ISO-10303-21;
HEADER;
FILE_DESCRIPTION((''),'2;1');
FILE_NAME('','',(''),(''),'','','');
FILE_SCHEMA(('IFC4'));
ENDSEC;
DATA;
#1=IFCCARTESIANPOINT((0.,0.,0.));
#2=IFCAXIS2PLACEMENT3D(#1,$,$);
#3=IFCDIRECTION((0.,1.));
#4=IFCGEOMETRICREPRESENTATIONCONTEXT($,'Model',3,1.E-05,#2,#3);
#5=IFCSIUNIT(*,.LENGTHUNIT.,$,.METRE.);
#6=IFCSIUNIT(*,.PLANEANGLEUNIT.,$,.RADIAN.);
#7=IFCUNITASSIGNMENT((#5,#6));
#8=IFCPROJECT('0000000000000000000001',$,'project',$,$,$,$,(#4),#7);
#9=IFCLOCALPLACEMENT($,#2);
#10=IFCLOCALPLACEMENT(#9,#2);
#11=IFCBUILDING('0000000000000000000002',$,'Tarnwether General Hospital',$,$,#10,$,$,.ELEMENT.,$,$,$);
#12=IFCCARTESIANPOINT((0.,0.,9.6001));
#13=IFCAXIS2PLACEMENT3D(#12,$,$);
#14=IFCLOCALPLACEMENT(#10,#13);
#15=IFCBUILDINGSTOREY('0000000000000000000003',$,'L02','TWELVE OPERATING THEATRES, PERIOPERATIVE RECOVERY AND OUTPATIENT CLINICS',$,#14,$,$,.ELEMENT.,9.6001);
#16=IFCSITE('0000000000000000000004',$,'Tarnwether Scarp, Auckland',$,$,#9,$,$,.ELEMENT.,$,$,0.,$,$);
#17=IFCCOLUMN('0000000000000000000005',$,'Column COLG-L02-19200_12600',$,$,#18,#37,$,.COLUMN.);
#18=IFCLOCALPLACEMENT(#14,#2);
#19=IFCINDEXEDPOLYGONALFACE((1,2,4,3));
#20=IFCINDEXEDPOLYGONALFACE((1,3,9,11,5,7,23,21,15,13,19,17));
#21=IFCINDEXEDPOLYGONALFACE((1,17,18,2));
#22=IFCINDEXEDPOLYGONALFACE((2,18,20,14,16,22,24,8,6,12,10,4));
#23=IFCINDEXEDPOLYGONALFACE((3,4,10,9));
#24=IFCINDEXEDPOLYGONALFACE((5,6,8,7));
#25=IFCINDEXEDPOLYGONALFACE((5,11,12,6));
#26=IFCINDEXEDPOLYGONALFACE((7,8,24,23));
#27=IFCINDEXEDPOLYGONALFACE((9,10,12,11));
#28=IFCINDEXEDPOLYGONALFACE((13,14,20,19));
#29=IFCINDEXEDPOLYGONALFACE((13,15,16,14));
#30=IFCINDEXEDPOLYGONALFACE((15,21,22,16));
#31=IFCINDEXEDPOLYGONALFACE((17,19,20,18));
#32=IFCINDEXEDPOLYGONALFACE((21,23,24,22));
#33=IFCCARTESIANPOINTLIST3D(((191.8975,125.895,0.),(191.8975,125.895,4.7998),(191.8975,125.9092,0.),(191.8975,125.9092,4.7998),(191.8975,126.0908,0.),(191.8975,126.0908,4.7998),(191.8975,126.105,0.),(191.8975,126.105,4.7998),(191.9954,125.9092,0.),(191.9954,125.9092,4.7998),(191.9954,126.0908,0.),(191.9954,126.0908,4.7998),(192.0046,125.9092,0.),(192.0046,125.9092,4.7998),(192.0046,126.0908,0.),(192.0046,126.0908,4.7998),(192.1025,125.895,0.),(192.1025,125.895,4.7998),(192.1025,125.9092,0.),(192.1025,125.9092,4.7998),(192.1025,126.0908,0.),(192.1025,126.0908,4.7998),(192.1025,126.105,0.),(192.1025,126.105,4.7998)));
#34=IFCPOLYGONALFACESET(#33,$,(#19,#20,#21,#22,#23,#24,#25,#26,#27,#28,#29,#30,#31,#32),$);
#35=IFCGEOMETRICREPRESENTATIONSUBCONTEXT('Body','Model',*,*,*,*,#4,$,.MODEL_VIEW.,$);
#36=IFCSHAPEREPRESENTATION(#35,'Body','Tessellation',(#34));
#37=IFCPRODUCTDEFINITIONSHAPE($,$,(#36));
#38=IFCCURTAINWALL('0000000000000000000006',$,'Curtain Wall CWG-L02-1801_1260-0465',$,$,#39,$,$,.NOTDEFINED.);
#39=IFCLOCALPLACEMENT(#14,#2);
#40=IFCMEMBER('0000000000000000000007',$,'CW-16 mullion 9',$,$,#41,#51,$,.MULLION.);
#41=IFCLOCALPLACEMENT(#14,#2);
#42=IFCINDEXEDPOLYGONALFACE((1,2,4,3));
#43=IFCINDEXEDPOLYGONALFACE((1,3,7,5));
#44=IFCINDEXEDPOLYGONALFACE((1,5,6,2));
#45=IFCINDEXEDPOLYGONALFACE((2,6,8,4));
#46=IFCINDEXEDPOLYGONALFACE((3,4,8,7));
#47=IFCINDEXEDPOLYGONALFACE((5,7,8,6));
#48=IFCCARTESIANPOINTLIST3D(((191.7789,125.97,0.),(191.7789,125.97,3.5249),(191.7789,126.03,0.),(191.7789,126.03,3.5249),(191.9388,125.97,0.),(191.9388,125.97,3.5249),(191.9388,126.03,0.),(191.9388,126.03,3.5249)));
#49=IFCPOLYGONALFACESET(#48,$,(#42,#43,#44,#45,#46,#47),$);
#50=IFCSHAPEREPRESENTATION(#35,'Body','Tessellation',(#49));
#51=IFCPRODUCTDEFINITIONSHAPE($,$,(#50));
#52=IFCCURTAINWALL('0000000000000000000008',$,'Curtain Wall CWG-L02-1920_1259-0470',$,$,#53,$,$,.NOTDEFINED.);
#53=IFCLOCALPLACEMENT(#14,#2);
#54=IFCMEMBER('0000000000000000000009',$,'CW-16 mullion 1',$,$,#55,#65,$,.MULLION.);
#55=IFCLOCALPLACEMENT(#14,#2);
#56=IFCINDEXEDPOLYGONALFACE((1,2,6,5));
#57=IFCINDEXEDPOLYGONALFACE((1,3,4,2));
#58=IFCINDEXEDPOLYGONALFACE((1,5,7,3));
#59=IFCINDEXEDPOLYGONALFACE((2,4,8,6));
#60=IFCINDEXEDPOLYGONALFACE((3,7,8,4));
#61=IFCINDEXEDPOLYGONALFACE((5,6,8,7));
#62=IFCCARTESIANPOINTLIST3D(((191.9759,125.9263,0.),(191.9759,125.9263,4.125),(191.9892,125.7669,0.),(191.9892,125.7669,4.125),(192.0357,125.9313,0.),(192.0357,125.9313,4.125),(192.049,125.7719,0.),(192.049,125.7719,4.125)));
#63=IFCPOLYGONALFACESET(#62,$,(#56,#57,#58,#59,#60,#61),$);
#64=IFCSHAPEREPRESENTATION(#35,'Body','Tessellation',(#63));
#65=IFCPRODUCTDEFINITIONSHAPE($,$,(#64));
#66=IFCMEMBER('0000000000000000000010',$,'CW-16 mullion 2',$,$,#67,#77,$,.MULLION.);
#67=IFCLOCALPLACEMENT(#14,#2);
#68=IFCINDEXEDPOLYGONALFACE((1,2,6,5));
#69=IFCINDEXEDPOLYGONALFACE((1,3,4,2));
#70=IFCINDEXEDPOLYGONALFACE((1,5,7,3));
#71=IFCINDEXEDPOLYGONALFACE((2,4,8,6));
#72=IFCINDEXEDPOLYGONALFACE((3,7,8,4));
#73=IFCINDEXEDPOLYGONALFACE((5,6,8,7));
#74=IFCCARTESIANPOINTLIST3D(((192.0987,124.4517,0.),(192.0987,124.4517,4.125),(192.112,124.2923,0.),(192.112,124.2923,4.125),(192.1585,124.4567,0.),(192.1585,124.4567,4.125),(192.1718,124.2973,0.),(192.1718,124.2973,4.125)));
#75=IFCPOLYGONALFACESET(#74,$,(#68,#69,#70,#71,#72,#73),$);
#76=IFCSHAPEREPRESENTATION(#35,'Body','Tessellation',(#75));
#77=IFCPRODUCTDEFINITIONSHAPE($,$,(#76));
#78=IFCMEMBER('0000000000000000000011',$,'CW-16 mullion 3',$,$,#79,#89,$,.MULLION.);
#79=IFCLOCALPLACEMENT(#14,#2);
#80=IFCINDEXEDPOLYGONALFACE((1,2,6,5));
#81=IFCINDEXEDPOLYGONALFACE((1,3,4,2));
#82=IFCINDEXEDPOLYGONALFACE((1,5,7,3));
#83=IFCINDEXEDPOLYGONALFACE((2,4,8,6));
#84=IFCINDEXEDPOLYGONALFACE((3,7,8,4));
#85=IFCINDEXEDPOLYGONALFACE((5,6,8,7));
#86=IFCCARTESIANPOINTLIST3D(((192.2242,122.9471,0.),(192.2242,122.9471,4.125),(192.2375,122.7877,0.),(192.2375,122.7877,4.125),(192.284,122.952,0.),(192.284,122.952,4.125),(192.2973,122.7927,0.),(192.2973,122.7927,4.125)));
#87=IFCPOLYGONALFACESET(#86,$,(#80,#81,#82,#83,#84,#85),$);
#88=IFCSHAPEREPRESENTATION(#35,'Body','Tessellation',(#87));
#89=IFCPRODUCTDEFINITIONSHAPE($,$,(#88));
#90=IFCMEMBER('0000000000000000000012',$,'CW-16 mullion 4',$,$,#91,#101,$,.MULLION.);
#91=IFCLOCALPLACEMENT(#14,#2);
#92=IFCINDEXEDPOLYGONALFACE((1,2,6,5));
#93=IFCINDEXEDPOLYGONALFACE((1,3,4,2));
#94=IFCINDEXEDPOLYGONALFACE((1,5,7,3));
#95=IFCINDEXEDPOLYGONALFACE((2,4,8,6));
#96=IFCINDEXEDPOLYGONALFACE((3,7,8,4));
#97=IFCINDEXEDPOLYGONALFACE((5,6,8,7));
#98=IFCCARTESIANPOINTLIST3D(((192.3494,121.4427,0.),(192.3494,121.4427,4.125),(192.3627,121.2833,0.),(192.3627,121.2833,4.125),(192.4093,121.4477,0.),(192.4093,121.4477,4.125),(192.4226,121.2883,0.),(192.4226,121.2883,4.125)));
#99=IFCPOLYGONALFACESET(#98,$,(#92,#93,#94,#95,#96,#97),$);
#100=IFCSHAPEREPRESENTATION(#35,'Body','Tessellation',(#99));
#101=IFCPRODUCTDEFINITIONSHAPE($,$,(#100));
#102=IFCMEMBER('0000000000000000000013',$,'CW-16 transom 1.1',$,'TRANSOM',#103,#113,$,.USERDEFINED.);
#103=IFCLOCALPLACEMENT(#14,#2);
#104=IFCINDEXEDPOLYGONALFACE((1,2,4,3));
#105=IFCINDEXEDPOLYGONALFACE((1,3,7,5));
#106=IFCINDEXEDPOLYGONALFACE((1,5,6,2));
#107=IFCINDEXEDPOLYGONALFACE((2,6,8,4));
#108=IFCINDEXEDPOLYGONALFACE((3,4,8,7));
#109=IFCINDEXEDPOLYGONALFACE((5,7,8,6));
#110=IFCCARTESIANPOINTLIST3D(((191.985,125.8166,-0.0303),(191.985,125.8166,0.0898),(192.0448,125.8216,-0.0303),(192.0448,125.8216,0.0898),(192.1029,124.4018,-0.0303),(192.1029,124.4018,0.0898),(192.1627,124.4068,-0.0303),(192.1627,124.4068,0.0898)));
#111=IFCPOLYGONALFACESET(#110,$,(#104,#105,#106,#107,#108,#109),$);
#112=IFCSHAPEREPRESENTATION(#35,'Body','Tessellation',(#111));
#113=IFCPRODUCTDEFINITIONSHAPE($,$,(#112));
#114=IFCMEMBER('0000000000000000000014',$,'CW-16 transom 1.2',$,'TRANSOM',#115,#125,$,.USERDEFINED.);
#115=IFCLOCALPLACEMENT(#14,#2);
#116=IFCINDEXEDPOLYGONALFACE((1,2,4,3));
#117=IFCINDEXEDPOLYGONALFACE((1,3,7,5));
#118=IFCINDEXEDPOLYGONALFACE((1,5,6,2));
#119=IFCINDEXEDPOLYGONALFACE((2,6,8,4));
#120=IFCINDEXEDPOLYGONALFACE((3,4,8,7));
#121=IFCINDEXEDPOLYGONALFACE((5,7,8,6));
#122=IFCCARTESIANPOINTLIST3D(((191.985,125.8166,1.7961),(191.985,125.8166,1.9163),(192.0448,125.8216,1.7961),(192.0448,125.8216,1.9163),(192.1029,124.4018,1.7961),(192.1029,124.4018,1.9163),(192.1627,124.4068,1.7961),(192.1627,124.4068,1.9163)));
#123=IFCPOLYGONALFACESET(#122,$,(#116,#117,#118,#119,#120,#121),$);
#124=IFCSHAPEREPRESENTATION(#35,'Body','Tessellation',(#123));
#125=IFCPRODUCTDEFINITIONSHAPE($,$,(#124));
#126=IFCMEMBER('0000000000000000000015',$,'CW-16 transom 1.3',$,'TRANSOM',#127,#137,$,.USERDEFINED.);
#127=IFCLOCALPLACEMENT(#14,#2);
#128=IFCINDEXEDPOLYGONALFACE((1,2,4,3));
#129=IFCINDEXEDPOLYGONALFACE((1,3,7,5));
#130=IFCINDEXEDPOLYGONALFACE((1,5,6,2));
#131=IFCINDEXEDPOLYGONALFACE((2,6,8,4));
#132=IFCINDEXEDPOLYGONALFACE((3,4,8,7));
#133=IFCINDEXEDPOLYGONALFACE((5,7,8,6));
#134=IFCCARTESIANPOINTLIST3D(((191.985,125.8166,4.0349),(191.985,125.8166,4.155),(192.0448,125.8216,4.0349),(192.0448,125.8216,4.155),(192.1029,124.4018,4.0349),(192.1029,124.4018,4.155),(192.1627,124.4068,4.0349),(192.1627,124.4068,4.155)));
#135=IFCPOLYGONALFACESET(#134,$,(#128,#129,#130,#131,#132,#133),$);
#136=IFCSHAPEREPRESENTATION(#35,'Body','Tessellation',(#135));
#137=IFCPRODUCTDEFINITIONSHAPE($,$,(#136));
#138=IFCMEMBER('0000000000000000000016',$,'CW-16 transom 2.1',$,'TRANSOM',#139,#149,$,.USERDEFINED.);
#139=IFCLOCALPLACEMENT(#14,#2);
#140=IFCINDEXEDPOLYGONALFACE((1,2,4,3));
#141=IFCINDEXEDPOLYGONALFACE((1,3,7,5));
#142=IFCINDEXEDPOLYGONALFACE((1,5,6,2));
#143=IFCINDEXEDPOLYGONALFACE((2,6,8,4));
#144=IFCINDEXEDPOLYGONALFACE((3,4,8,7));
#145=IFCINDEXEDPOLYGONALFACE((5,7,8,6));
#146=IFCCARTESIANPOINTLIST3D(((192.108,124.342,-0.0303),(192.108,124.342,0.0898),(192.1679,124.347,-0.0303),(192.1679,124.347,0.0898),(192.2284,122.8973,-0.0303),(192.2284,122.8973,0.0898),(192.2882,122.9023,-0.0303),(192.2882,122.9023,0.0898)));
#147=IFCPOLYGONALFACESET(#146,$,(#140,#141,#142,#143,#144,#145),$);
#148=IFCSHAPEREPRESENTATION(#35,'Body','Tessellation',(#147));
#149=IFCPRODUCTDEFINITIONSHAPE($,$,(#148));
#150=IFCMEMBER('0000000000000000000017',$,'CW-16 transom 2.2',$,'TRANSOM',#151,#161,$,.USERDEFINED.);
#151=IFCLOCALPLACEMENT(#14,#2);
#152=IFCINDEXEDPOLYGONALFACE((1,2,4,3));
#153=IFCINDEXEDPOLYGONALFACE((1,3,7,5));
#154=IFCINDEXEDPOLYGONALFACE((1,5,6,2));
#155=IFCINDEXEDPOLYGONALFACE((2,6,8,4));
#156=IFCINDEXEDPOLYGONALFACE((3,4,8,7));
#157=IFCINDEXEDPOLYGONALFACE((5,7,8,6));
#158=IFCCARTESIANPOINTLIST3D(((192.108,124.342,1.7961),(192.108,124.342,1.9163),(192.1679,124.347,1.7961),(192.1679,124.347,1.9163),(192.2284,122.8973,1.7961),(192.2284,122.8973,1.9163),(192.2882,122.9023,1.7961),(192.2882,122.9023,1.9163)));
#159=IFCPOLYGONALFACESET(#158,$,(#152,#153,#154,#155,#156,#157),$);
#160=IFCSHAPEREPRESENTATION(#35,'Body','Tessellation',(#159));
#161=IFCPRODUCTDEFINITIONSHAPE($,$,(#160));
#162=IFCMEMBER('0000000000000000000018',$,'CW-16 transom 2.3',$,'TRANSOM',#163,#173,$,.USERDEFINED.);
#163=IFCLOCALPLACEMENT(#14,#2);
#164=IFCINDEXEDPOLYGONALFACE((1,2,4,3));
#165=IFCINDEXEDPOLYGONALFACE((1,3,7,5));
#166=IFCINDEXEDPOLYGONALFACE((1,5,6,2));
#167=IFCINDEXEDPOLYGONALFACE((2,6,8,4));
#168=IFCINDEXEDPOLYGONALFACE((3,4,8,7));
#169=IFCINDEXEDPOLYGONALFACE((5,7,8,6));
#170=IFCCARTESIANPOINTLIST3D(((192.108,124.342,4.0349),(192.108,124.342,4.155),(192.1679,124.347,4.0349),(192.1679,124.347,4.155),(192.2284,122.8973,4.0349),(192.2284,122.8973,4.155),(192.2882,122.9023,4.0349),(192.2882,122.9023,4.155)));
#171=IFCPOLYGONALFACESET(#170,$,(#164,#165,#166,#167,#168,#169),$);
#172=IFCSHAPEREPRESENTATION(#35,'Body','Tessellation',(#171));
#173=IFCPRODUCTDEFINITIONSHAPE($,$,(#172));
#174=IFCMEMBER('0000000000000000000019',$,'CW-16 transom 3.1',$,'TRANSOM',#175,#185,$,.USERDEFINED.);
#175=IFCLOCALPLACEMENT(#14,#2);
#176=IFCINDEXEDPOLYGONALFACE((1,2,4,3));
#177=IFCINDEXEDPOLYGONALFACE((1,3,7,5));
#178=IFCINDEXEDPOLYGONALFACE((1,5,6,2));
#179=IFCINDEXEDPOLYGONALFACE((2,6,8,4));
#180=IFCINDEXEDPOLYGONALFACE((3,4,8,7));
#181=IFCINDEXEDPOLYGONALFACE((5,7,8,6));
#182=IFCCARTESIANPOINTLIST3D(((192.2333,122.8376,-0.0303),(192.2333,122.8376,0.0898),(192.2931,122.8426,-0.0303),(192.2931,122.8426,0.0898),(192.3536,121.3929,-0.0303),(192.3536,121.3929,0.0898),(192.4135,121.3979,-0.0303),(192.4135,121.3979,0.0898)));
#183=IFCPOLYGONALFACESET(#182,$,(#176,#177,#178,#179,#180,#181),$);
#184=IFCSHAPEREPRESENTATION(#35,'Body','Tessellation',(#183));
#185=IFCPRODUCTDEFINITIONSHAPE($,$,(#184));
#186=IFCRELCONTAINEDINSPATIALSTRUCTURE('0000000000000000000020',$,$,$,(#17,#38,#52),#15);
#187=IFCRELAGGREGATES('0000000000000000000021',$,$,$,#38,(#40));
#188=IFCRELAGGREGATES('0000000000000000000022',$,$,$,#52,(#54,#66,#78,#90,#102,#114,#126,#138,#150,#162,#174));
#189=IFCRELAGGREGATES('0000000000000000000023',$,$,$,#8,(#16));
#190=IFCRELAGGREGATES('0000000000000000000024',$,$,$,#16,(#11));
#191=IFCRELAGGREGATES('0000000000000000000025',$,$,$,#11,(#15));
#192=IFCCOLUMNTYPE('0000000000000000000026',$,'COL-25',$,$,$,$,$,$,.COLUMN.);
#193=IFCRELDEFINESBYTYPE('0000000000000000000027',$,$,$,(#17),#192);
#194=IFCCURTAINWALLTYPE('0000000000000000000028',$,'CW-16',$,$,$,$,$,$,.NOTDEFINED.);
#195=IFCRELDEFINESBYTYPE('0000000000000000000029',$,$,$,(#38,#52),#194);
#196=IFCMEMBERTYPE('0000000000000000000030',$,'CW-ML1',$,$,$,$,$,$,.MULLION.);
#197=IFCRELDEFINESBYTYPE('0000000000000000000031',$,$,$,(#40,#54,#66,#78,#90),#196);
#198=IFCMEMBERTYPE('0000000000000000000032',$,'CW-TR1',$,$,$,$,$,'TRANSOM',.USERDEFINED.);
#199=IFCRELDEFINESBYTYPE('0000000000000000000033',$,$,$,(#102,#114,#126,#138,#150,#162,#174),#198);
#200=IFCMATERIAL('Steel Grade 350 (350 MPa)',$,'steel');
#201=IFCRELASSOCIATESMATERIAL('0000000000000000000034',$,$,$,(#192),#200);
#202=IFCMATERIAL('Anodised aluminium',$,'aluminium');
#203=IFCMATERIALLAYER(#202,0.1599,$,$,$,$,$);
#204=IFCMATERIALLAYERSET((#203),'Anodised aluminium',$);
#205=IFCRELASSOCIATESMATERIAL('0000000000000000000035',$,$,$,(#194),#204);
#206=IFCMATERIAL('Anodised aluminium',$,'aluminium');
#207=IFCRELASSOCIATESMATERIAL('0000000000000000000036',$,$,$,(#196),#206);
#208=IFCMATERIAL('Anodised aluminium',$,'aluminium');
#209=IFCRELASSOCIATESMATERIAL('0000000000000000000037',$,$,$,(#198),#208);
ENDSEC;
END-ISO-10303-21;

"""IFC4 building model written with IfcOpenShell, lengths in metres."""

from ifc_helpers import new_model, si_unit, direction, frame, origin, origin_2d, place, context, subcontext, project, spatial, rectangle, i_section, extrude, material, layer, layer_set, material_profile, profile_set, type_object, element, aggregate, save


model = new_model("IFC4")

# Units and contexts
model_context = context("Model", 3, precision=1e-05, world=origin(), true_north=direction((0.0, 1.0)))
body_context = subcontext(model_context, "Body", "Model", "MODEL_VIEW")
ifc_project = project(units=[si_unit("LENGTHUNIT", "METRE"), si_unit("PLANEANGLEUNIT", "RADIAN")], contexts=[model_context])

# Site, building, storey
site_placement = place(None, origin())
site = spatial("IfcSite", under=ifc_project, at=site_placement, Name="Tarnwether Scarp, Auckland", CompositionType="ELEMENT", RefElevation=0.0)
building_placement = place(site_placement, origin())
building = spatial("IfcBuilding", under=site, at=building_placement, Name="Tarnwether General Hospital", CompositionType="ELEMENT")
storey_placement = place(building_placement, frame((0.0, 0.0, 9.6001)))
storey = spatial("IfcBuildingStorey", under=building, at=storey_placement, Name="L02", Description="TWELVE OPERATING THEATRES, PERIOPERATIVE RECOVERY AND OUTPATIENT CLINICS", CompositionType="ELEMENT", Elevation=9.6001)

# Column
ifc_material_1 = material(Name="Steel Grade 350 (350 MPa)", Category="steel")
ifc_material_profile_1 = material_profile(ifc_material_1, i_section(OverallWidth=0.2051, OverallDepth=0.21, WebThickness=0.0093, FlangeThickness=0.0142, at=origin_2d()), Name="200UC59.5")
ifc_profile_set_1 = profile_set([ifc_material_profile_1], Name="Steel Grade 350 (350 MPa)")
column_type = type_object("IfcColumnType", Name="COL-25", PredefinedType="COLUMN", material=ifc_profile_set_1)
column_placement = place(storey_placement, frame((192.0, 126.0, 0.0), z_axis=(0.0, 0.0, 1.0), x_axis=(1.0, 0.0, 0.0)))
element("IfcColumn", 1, at=column_placement, inside=storey, type_object=column_type, Name="Column COLG-L02-19200_12600", PredefinedType="COLUMN", context=body_context, shape_type="SweptSolid", body=[
    extrude(i_section(OverallWidth=0.2051, OverallDepth=0.21, WebThickness=0.0093, FlangeThickness=0.0142, at=origin_2d()), origin(), (0.0, 0.0, 1.0), 4.7998),
])

# Curtain wall, member
ifc_material_2 = material(Name="Anodised aluminium", Category="aluminium")
ifc_layer_1 = layer(ifc_material_2, 0.1599)
ifc_layer_set_1 = layer_set([ifc_layer_1], Name="Anodised aluminium")
curtain_wall_type = type_object("IfcCurtainWallType", Name="CW-16", PredefinedType="NOTDEFINED", material=ifc_layer_set_1)
curtain_wall_1_placement = place(storey_placement, origin())
curtain_wall_1 = element("IfcCurtainWall", 2, at=curtain_wall_1_placement, inside=storey, type_object=curtain_wall_type, Name="Curtain Wall CWG-L02-1801_1260-0465", PredefinedType="NOTDEFINED")
ifc_material_3 = material(Name="Anodised aluminium", Category="aluminium")
ifc_material_profile_2 = material_profile(ifc_material_3, rectangle(XDim=0.0601, YDim=0.1599, at=origin_2d()), Name="ALU-MUL-60x160")
ifc_profile_set_2 = profile_set([ifc_material_profile_2], Name="Anodised aluminium")
member_type_1 = type_object("IfcMemberType", Name="CW-ML1", PredefinedType="MULLION", material=ifc_profile_set_2)
member_1_placement = place(storey_placement, frame((191.8589, 126.0, 0.0), z_axis=(0.0, 0.0, 1.0), x_axis=(0.0, 1.0, 0.0)))
member_1 = element("IfcMember", 3, at=member_1_placement, type_object=member_type_1, Name="CW-16 mullion 9", PredefinedType="MULLION", context=body_context, shape_type="SweptSolid", body=[
    extrude(rectangle(XDim=0.0601, YDim=0.1599, at=origin_2d()), origin(), (0.0, 0.0, 1.0), 3.5249),
])

# Curtain wall, members
curtain_wall_2_placement = place(storey_placement, origin())
curtain_wall_2 = element("IfcCurtainWall", 4, at=curtain_wall_2_placement, inside=storey, type_object=curtain_wall_type, Name="Curtain Wall CWG-L02-1920_1259-0470", PredefinedType="NOTDEFINED")
member_2_placement = place(storey_placement, frame((192.0125, 125.8491, 0.0), z_axis=(0.0, 0.0, 1.0), x_axis=(0.996547, 0.083036, 0.0)))
member_2 = element("IfcMember", 5, at=member_2_placement, type_object=member_type_1, Name="CW-16 mullion 1", PredefinedType="MULLION", context=body_context, shape_type="SweptSolid", body=[
    extrude(rectangle(XDim=0.0601, YDim=0.1599, at=origin_2d()), origin(), (0.0, 0.0, 1.0), 4.125),
])
member_3_placement = place(storey_placement, frame((192.1353, 124.3745, 0.0), z_axis=(0.0, 0.0, 1.0), x_axis=(0.996547, 0.083036, 0.0)))
member_3 = element("IfcMember", 6, at=member_3_placement, type_object=member_type_1, Name="CW-16 mullion 2", PredefinedType="MULLION", context=body_context, shape_type="SweptSolid", body=[
    extrude(rectangle(XDim=0.0601, YDim=0.1599, at=origin_2d()), origin(), (0.0, 0.0, 1.0), 4.125),
])
member_4_placement = place(storey_placement, frame((192.2607, 122.8699, 0.0), z_axis=(0.0, 0.0, 1.0), x_axis=(0.996547, 0.083036, 0.0)))
member_4 = element("IfcMember", 7, at=member_4_placement, type_object=member_type_1, Name="CW-16 mullion 3", PredefinedType="MULLION", context=body_context, shape_type="SweptSolid", body=[
    extrude(rectangle(XDim=0.0601, YDim=0.1599, at=origin_2d()), origin(), (0.0, 0.0, 1.0), 4.125),
])
member_5_placement = place(storey_placement, frame((192.386, 121.3655, 0.0), z_axis=(0.0, 0.0, 1.0), x_axis=(0.996547, 0.083036, 0.0)))
member_5 = element("IfcMember", 8, at=member_5_placement, type_object=member_type_1, Name="CW-16 mullion 4", PredefinedType="MULLION", context=body_context, shape_type="SweptSolid", body=[
    extrude(rectangle(XDim=0.0601, YDim=0.1599, at=origin_2d()), origin(), (0.0, 0.0, 1.0), 4.125),
])
ifc_material_4 = material(Name="Anodised aluminium", Category="aluminium")
ifc_material_profile_3 = material_profile(ifc_material_4, rectangle(XDim=0.0601, YDim=0.1201, at=origin_2d()), Name="ALU-TRN-60x120")
ifc_profile_set_3 = profile_set([ifc_material_profile_3], Name="Anodised aluminium")
member_type_2 = type_object("IfcMemberType", Name="CW-TR1", ElementType="TRANSOM", PredefinedType="USERDEFINED", material=ifc_profile_set_3)
member_6_placement = place(storey_placement, frame((192.0149, 125.8191, 0.0298), z_axis=(0.08306, -0.996545, 0.0), x_axis=(0.996545, 0.08306, 0.0)))
member_6 = element("IfcMember", 9, at=member_6_placement, type_object=member_type_2, Name="CW-16 transom 1.1", ObjectType="TRANSOM", PredefinedType="USERDEFINED", context=body_context, shape_type="SweptSolid", body=[
    extrude(rectangle(XDim=0.0601, YDim=0.1201, at=origin_2d()), origin(), (0.0, 0.0, 1.0), 1.4197),
])
member_7_placement = place(storey_placement, frame((192.0149, 125.8191, 1.8562), z_axis=(0.08306, -0.996545, 0.0), x_axis=(0.996545, 0.08306, 0.0)))
member_7 = element("IfcMember", 10, at=member_7_placement, type_object=member_type_2, Name="CW-16 transom 1.2", ObjectType="TRANSOM", PredefinedType="USERDEFINED", context=body_context, shape_type="SweptSolid", body=[
    extrude(rectangle(XDim=0.0601, YDim=0.1201, at=origin_2d()), origin(), (0.0, 0.0, 1.0), 1.4197),
])
member_8_placement = place(storey_placement, frame((192.0149, 125.8191, 4.095), z_axis=(0.08306, -0.996545, 0.0), x_axis=(0.996545, 0.08306, 0.0)))
member_8 = element("IfcMember", 11, at=member_8_placement, type_object=member_type_2, Name="CW-16 transom 1.3", ObjectType="TRANSOM", PredefinedType="USERDEFINED", context=body_context, shape_type="SweptSolid", body=[
    extrude(rectangle(XDim=0.0601, YDim=0.1201, at=origin_2d()), origin(), (0.0, 0.0, 1.0), 1.4197),
])
member_9_placement = place(storey_placement, frame((192.1379, 124.3445, 0.0298), z_axis=(0.083032, -0.996547, 0.0), x_axis=(0.996547, 0.083032, 0.0)))
member_9 = element("IfcMember", 12, at=member_9_placement, type_object=member_type_2, Name="CW-16 transom 2.1", ObjectType="TRANSOM", PredefinedType="USERDEFINED", context=body_context, shape_type="SweptSolid", body=[
    extrude(rectangle(XDim=0.0601, YDim=0.1201, at=origin_2d()), origin(), (0.0, 0.0, 1.0), 1.4497),
])
member_10_placement = place(storey_placement, frame((192.1379, 124.3445, 1.8562), z_axis=(0.083032, -0.996547, 0.0), x_axis=(0.996547, 0.083032, 0.0)))
member_10 = element("IfcMember", 13, at=member_10_placement, type_object=member_type_2, Name="CW-16 transom 2.2", ObjectType="TRANSOM", PredefinedType="USERDEFINED", context=body_context, shape_type="SweptSolid", body=[
    extrude(rectangle(XDim=0.0601, YDim=0.1201, at=origin_2d()), origin(), (0.0, 0.0, 1.0), 1.4497),
])
member_11_placement = place(storey_placement, frame((192.1379, 124.3445, 4.095), z_axis=(0.083032, -0.996547, 0.0), x_axis=(0.996547, 0.083032, 0.0)))
member_11 = element("IfcMember", 14, at=member_11_placement, type_object=member_type_2, Name="CW-16 transom 2.3", ObjectType="TRANSOM", PredefinedType="USERDEFINED", context=body_context, shape_type="SweptSolid", body=[
    extrude(rectangle(XDim=0.0601, YDim=0.1201, at=origin_2d()), origin(), (0.0, 0.0, 1.0), 1.4497),
])
member_12_placement = place(storey_placement, frame((192.2632, 122.8401, 0.0298), z_axis=(0.083018, -0.996548, 0.0), x_axis=(0.996548, 0.083018, 0.0)))
member_12 = element("IfcMember", 15, at=member_12_placement, type_object=member_type_2, Name="CW-16 transom 3.1", ObjectType="TRANSOM", PredefinedType="USERDEFINED", context=body_context, shape_type="SweptSolid", body=[
    extrude(rectangle(XDim=0.0601, YDim=0.1201, at=origin_2d()), origin(), (0.0, 0.0, 1.0), 1.4497),
])

aggregate(curtain_wall_1, [member_1])
aggregate(curtain_wall_2, [member_2, member_3, member_4, member_5, member_6, member_7, member_8, member_9, member_10, member_11, member_12])

save(model, "model.ifc")
